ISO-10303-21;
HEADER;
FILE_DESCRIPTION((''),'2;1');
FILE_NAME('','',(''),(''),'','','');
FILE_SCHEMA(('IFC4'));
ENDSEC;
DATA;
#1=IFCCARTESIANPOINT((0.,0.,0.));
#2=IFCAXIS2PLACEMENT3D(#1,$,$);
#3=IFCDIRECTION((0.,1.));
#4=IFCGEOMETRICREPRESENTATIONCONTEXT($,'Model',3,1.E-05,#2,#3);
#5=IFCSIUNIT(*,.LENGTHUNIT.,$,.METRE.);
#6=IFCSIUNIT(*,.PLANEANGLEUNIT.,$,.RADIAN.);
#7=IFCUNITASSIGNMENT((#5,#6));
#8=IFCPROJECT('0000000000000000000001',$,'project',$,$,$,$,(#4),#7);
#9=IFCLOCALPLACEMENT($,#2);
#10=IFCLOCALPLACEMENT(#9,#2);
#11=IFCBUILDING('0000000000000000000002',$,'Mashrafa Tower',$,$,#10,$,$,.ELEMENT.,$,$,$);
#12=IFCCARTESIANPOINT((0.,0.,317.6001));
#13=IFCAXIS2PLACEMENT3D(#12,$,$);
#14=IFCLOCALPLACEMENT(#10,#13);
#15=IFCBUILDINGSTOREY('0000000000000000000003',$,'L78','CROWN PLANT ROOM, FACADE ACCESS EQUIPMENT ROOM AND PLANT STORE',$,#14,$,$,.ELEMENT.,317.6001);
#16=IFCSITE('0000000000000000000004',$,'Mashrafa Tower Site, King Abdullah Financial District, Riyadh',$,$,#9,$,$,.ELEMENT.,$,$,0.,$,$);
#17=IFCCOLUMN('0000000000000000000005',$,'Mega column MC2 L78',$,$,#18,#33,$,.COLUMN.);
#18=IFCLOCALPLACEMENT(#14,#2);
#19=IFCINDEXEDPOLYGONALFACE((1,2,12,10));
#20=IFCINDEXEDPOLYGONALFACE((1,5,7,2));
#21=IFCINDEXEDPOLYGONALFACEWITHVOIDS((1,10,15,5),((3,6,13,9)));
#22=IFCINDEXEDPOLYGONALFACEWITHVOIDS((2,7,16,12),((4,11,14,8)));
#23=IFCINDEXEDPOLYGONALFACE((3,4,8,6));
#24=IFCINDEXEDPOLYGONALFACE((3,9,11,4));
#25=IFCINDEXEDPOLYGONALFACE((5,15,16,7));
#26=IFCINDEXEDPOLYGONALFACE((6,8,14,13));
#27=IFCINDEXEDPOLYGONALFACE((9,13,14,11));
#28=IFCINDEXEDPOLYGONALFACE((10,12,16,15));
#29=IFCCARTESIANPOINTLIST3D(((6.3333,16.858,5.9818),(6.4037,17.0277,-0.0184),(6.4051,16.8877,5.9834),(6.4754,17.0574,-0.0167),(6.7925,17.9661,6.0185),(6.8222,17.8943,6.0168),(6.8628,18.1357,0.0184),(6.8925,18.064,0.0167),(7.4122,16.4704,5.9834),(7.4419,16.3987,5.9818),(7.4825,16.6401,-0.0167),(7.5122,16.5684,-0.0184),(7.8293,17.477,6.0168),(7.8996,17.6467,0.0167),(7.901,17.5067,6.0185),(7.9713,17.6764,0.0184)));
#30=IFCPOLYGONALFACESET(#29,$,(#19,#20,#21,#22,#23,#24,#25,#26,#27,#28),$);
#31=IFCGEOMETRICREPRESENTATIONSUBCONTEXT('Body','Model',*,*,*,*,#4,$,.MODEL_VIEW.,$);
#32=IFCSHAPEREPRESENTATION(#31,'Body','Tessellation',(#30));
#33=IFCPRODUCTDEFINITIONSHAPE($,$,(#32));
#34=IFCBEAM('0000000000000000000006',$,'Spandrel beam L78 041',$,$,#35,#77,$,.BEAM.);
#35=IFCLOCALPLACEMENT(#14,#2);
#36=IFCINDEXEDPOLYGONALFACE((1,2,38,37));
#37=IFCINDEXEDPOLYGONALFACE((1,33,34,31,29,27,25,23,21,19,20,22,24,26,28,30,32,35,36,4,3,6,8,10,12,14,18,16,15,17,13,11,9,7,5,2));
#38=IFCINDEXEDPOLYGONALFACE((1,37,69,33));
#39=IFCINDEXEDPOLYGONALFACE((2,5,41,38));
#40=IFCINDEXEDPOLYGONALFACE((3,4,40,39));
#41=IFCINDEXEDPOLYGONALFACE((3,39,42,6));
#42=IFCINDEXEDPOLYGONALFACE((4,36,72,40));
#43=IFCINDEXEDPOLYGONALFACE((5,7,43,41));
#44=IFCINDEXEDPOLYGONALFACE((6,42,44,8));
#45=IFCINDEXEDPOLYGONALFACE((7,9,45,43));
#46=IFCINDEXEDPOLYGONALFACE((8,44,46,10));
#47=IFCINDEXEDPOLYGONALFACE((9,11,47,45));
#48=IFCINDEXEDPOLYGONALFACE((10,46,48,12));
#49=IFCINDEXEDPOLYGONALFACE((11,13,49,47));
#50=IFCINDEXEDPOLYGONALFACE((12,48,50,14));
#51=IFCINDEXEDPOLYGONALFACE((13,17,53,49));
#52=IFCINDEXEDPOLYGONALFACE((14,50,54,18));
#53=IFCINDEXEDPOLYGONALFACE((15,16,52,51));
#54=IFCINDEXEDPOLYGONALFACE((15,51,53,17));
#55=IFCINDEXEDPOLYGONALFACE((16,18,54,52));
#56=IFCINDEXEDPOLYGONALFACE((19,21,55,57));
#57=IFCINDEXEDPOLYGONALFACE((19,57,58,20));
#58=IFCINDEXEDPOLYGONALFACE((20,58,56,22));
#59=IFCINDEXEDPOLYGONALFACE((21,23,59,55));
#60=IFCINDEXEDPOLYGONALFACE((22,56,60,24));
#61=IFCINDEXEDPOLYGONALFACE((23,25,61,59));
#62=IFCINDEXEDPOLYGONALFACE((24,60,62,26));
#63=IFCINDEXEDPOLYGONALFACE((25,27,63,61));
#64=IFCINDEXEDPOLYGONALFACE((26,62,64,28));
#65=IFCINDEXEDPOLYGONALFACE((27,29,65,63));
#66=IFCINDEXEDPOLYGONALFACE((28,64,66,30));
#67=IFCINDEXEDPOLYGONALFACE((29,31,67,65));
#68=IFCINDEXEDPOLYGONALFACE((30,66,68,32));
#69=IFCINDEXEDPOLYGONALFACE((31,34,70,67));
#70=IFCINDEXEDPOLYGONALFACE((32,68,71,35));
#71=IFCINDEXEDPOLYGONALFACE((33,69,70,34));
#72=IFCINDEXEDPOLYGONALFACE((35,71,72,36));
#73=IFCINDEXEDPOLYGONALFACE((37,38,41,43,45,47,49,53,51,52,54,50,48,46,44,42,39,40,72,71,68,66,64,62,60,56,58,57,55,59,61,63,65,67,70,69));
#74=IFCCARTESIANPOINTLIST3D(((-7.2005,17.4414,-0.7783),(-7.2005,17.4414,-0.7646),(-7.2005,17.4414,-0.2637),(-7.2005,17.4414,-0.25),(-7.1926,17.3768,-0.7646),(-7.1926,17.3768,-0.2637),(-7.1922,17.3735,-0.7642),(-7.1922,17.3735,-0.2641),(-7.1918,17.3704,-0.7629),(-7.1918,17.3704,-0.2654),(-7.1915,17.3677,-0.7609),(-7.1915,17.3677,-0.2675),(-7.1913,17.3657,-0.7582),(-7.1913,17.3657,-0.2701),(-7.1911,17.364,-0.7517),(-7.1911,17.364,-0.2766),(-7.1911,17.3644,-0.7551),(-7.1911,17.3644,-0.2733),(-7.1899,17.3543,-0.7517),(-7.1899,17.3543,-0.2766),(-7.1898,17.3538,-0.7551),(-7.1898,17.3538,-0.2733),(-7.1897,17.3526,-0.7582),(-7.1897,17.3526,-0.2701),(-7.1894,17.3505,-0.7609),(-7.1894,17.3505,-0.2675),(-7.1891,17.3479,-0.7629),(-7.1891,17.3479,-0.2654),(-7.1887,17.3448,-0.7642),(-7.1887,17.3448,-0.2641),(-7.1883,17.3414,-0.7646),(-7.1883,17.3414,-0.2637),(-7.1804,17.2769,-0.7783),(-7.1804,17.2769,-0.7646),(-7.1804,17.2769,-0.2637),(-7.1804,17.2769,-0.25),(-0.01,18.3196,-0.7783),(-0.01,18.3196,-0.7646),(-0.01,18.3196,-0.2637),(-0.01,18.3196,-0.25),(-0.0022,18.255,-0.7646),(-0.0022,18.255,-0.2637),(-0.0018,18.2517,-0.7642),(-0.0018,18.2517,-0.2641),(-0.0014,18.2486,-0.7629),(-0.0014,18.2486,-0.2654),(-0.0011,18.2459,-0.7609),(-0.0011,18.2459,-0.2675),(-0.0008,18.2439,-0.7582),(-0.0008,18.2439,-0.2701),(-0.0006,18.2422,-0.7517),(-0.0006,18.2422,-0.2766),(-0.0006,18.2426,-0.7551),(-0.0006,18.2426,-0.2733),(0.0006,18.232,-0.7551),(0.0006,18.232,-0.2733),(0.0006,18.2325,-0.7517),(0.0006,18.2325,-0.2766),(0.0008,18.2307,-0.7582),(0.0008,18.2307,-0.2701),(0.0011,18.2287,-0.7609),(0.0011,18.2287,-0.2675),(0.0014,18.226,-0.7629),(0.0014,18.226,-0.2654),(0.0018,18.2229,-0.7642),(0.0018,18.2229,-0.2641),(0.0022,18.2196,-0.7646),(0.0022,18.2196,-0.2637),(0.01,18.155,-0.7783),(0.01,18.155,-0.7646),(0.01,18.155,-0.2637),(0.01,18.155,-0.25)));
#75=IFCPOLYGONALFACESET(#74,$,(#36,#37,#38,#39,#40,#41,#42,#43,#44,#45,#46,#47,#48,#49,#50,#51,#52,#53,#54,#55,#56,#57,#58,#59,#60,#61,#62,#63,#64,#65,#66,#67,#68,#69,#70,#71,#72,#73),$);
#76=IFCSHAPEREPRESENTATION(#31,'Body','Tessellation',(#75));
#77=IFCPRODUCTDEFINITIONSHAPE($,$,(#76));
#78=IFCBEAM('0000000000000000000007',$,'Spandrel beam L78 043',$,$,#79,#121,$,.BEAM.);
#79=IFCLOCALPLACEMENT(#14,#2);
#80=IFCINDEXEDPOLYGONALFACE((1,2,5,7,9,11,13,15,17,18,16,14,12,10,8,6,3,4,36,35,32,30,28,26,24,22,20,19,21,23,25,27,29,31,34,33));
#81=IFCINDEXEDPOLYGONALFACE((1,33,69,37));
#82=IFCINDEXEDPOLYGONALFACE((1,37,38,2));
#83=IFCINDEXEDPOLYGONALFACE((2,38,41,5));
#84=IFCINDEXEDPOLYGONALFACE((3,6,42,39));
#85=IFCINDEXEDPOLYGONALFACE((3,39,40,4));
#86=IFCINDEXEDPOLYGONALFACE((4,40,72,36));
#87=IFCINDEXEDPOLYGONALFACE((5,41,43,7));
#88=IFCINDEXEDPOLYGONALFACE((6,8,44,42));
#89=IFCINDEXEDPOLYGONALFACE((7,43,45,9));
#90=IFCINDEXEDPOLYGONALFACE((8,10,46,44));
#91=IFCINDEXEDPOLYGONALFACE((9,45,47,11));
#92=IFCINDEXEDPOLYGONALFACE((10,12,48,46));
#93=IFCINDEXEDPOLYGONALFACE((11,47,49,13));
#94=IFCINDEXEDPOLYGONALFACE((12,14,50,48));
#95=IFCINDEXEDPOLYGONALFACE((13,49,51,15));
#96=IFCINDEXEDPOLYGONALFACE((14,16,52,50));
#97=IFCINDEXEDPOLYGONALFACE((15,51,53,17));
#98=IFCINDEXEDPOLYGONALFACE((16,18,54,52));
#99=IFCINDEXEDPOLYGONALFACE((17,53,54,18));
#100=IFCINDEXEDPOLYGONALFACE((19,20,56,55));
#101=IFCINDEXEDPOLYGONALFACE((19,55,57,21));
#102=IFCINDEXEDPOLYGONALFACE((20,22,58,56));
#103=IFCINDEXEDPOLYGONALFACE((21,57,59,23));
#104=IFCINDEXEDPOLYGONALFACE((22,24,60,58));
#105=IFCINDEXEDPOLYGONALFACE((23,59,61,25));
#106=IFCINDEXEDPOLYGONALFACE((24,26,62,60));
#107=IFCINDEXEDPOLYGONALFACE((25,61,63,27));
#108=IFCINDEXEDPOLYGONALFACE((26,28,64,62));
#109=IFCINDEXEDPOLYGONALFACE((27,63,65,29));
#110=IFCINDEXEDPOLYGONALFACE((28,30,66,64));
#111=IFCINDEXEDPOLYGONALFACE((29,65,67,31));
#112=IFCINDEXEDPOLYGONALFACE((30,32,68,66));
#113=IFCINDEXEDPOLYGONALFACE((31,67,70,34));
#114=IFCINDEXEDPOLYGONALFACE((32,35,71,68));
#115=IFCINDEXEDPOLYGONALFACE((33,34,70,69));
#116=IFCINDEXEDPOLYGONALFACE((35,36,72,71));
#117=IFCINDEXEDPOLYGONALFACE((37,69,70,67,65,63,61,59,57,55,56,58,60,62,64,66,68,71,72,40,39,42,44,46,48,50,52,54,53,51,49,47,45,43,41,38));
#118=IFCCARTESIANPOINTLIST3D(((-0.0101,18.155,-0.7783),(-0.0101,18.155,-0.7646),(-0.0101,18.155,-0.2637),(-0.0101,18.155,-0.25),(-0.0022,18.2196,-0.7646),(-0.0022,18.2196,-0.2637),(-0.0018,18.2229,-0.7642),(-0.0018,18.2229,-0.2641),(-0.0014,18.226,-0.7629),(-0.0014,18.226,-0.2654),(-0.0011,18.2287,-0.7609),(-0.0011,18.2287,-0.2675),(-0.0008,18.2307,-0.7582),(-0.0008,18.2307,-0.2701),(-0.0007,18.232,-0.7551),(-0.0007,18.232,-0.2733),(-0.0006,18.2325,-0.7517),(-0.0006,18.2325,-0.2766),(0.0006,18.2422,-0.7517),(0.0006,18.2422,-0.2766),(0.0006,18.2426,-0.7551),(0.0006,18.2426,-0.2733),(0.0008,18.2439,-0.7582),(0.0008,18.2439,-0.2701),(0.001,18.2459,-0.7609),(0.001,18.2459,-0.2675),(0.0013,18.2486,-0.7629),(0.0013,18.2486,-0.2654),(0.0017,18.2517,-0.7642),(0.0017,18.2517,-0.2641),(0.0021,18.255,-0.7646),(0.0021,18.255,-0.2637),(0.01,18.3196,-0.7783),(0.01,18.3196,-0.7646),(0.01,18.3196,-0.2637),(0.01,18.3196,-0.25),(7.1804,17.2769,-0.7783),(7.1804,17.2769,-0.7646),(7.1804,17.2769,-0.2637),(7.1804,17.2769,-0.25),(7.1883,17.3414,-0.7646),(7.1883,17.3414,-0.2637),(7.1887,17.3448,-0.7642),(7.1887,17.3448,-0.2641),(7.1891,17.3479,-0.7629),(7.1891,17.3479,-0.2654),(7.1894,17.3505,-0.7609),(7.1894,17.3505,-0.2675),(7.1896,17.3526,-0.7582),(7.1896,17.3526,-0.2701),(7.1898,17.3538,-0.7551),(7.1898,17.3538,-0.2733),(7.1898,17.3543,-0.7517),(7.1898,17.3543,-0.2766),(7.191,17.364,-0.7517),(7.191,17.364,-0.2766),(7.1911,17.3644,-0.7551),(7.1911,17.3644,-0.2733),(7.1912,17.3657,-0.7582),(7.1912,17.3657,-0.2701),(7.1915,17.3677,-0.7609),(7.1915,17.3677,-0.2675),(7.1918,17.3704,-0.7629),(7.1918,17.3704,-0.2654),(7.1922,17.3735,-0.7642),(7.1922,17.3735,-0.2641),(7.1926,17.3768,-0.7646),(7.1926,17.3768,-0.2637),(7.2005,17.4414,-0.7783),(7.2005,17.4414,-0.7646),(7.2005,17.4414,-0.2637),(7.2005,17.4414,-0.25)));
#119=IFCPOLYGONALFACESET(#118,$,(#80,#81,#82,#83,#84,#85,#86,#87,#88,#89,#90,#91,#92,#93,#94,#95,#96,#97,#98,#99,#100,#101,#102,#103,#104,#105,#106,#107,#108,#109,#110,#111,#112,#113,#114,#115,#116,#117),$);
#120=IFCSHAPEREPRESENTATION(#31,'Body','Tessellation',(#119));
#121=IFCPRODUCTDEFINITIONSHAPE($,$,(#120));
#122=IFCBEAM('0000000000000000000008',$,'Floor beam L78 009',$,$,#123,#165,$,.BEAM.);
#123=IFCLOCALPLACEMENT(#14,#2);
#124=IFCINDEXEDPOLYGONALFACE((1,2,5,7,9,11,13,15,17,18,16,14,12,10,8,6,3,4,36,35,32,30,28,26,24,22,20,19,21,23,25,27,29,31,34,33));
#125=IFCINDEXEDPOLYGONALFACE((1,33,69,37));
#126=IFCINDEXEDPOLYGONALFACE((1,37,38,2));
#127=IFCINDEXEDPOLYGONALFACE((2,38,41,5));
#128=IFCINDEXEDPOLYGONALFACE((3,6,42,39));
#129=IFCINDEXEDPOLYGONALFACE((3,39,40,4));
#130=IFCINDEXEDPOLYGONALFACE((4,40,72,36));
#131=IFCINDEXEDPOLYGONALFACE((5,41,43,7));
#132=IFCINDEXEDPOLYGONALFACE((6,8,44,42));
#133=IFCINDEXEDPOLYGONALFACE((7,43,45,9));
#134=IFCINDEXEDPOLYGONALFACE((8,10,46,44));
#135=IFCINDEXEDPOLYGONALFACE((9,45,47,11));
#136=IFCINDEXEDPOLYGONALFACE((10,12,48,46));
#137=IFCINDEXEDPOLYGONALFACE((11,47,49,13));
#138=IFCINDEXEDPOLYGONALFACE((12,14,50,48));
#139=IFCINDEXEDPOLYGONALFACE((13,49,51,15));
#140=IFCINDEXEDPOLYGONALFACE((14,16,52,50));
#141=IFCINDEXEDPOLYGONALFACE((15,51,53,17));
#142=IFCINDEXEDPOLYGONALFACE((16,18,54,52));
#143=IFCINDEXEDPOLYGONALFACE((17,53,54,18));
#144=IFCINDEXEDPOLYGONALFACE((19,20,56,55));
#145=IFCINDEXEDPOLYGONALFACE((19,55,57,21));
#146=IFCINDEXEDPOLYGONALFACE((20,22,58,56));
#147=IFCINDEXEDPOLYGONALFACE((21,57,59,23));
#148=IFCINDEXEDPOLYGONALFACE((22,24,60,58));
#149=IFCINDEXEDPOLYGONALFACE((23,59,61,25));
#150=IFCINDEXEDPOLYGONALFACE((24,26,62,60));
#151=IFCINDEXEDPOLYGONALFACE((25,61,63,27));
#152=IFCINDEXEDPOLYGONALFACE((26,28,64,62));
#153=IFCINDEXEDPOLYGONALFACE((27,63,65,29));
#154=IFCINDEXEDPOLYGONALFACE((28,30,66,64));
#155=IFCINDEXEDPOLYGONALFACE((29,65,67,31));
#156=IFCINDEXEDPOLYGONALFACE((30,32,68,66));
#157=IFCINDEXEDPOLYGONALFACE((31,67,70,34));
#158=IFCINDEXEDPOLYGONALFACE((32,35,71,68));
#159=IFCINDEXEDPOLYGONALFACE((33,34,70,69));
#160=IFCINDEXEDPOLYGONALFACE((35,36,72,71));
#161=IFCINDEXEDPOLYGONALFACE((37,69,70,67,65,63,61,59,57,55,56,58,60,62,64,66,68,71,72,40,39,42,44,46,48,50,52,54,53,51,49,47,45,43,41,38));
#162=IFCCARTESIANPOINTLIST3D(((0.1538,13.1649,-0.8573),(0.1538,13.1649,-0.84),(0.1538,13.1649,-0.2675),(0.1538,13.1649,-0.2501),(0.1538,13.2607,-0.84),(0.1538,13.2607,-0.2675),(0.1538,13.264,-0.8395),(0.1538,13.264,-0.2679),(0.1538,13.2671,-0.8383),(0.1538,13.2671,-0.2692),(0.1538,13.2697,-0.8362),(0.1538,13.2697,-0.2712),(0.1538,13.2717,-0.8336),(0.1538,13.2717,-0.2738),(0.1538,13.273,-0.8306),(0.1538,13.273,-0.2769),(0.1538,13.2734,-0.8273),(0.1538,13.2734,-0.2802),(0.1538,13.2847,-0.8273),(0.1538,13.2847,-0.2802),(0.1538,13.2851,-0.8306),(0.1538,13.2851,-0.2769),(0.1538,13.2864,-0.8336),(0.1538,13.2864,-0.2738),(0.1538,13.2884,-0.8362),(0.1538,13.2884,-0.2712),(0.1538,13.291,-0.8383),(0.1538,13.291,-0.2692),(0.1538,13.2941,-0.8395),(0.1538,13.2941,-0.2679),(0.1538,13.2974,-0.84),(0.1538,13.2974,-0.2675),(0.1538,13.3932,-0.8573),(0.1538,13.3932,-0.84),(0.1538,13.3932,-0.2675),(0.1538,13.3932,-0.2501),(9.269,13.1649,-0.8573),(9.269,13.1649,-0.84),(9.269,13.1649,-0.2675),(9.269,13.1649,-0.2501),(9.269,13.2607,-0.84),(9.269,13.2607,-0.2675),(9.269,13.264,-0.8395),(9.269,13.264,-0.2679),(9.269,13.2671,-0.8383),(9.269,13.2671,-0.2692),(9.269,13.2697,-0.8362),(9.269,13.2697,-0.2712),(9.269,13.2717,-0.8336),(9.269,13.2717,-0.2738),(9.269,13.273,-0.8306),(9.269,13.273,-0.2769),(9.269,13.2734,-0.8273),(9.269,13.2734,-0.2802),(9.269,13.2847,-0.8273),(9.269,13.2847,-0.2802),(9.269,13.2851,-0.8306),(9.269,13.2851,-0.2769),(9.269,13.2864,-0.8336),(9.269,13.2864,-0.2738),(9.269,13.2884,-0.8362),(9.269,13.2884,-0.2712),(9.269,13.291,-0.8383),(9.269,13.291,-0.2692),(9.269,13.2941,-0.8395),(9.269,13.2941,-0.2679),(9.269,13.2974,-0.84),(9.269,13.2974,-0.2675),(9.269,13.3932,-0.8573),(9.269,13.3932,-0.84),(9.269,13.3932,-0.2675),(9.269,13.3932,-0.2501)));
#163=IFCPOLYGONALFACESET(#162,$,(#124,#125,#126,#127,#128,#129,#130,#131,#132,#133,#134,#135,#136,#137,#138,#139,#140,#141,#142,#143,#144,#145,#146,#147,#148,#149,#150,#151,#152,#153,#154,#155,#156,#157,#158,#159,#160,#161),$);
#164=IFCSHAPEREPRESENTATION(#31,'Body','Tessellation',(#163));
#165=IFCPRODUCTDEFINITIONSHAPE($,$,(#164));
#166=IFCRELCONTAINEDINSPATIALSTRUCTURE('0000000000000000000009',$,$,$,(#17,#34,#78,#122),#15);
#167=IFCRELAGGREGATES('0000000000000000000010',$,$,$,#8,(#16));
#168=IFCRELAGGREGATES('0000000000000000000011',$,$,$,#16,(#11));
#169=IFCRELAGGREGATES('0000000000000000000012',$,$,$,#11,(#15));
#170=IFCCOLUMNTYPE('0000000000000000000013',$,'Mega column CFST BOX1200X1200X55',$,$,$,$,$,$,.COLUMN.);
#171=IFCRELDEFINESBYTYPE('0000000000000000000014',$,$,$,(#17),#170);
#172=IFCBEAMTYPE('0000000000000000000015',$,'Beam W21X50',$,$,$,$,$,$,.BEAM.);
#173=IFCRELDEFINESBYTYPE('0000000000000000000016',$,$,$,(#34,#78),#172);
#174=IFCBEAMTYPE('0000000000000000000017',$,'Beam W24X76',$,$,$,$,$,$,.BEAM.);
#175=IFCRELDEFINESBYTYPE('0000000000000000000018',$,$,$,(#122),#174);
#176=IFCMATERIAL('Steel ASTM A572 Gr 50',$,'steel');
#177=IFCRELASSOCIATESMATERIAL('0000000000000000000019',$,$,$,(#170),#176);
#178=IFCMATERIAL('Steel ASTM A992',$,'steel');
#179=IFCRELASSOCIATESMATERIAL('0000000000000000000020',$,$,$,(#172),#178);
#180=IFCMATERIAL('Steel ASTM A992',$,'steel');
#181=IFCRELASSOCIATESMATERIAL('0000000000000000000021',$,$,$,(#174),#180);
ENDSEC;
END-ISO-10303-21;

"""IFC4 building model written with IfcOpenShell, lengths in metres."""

from ifc_helpers import new_model, si_unit, direction, frame, origin, origin_2d, place, context, subcontext, project, spatial, hollow_rectangle, i_section, extrude, material, material_profile, profile_set, type_object, element, save


model = new_model("IFC4")

# Units and contexts
model_context = context("Model", 3, precision=1e-05, world=origin(), true_north=direction((0.0, 1.0)))
body_context = subcontext(model_context, "Body", "Model", "MODEL_VIEW")
ifc_project = project(units=[si_unit("LENGTHUNIT", "METRE"), si_unit("PLANEANGLEUNIT", "RADIAN")], contexts=[model_context])

# Site, building, storey
site_placement = place(None, origin())
site = spatial("IfcSite", under=ifc_project, at=site_placement, Name="Mashrafa Tower Site, King Abdullah Financial District, Riyadh", CompositionType="ELEMENT", RefElevation=0.0)
building_placement = place(site_placement, origin())
building = spatial("IfcBuilding", under=site, at=building_placement, Name="Mashrafa Tower", CompositionType="ELEMENT")
storey_placement = place(building_placement, frame((0.0, 0.0, 317.6001)))
storey = spatial("IfcBuildingStorey", under=building, at=storey_placement, Name="L78", Description="CROWN PLANT ROOM, FACADE ACCESS EQUIPMENT ROOM AND PLANT STORE", CompositionType="ELEMENT", Elevation=317.6001)

# Column
ifc_material_1 = material(Name="Steel ASTM A572 Gr 50", Category="steel")
ifc_material_profile_1 = material_profile(ifc_material_1, hollow_rectangle(XDim=1.2, YDim=1.2, WallThickness=0.0549, at=origin_2d()), Name="BOX1200X1200X55")
ifc_profile_set_1 = profile_set([ifc_material_profile_1], Name="Steel ASTM A572 Gr 50")
column_type = type_object("IfcColumnType", Name="Mega column CFST BOX1200X1200X55", PredefinedType="COLUMN", material=ifc_profile_set_1)
column_placement = place(storey_placement, frame((7.1875, 17.3521, 0.0), z_axis=(-0.011713, -0.028266, 0.999532), x_axis=(0.923822, -0.382821, 0.0)))
element("IfcColumn", 1, at=column_placement, inside=storey, type_object=column_type, Name="Mega column MC2 L78", PredefinedType="COLUMN", context=body_context, shape_type="SweptSolid", body=[
    extrude(hollow_rectangle(XDim=1.2, YDim=1.2, WallThickness=0.0549, at=origin_2d()), origin(), (0.0, 0.0, 1.0), 6.0029),
])

# Beams
ifc_material_2 = material(Name="Steel ASTM A992", Category="steel")
ifc_material_profile_2 = material_profile(ifc_material_2, i_section(OverallWidth=0.1658, OverallDepth=0.5283, WebThickness=0.0098, FlangeThickness=0.0137, FilletRadius=0.0129, at=origin_2d()), Name="W21X50")
ifc_profile_set_2 = profile_set([ifc_material_profile_2], Name="Steel ASTM A992")
beam_type_1 = type_object("IfcBeamType", Name="Beam W21X50", PredefinedType="BEAM", material=ifc_profile_set_2)
for number, where, z_axis, x_axis, name in (
    (2, (0.0, 18.2373, -0.5142), (-0.992624, -0.12123, 0.0), (0.12123, -0.992624, 0.0), "Spandrel beam L78 041"),
    (3, (7.1904, 17.3591, -0.5142), (-0.992624, 0.12123, 0.0), (-0.12123, -0.992624, 0.0), "Spandrel beam L78 043"),
):
    element("IfcBeam", number, at=place(storey_placement, frame(where, z_axis=z_axis, x_axis=x_axis)), inside=storey, type_object=beam_type_1, Name=name, PredefinedType="BEAM", context=body_context, shape_type="SweptSolid", body=[
        extrude(i_section(OverallWidth=0.1658, OverallDepth=0.5283, WebThickness=0.0098, FlangeThickness=0.0137, FilletRadius=0.0129, at=origin_2d()), origin(), (0.0, 0.0, 1.0), 7.2439),
    ])
ifc_material_3 = material(Name="Steel ASTM A992", Category="steel")
ifc_material_profile_3 = material_profile(ifc_material_3, i_section(OverallWidth=0.2283, OverallDepth=0.6072, WebThickness=0.0112, FlangeThickness=0.0173, FilletRadius=0.0127, at=origin_2d()), Name="W24X76")
ifc_profile_set_3 = profile_set([ifc_material_profile_3], Name="Steel ASTM A992")
beam_type_2 = type_object("IfcBeamType", Name="Beam W24X76", PredefinedType="BEAM", material=ifc_profile_set_3)
beam_1_placement = place(storey_placement, frame((0.1538, 13.2791, -0.5537), z_axis=(1.0, 0.0, 0.0), x_axis=(0.0, 1.0, 0.0)))
element("IfcBeam", 4, at=beam_1_placement, inside=storey, type_object=beam_type_2, Name="Floor beam L78 009", PredefinedType="BEAM", context=body_context, shape_type="SweptSolid", body=[
    extrude(i_section(OverallWidth=0.2283, OverallDepth=0.6072, WebThickness=0.0112, FlangeThickness=0.0173, FilletRadius=0.0127, at=origin_2d()), origin(), (0.0, 0.0, 1.0), 9.1152),
])

save(model, "model.ifc")
